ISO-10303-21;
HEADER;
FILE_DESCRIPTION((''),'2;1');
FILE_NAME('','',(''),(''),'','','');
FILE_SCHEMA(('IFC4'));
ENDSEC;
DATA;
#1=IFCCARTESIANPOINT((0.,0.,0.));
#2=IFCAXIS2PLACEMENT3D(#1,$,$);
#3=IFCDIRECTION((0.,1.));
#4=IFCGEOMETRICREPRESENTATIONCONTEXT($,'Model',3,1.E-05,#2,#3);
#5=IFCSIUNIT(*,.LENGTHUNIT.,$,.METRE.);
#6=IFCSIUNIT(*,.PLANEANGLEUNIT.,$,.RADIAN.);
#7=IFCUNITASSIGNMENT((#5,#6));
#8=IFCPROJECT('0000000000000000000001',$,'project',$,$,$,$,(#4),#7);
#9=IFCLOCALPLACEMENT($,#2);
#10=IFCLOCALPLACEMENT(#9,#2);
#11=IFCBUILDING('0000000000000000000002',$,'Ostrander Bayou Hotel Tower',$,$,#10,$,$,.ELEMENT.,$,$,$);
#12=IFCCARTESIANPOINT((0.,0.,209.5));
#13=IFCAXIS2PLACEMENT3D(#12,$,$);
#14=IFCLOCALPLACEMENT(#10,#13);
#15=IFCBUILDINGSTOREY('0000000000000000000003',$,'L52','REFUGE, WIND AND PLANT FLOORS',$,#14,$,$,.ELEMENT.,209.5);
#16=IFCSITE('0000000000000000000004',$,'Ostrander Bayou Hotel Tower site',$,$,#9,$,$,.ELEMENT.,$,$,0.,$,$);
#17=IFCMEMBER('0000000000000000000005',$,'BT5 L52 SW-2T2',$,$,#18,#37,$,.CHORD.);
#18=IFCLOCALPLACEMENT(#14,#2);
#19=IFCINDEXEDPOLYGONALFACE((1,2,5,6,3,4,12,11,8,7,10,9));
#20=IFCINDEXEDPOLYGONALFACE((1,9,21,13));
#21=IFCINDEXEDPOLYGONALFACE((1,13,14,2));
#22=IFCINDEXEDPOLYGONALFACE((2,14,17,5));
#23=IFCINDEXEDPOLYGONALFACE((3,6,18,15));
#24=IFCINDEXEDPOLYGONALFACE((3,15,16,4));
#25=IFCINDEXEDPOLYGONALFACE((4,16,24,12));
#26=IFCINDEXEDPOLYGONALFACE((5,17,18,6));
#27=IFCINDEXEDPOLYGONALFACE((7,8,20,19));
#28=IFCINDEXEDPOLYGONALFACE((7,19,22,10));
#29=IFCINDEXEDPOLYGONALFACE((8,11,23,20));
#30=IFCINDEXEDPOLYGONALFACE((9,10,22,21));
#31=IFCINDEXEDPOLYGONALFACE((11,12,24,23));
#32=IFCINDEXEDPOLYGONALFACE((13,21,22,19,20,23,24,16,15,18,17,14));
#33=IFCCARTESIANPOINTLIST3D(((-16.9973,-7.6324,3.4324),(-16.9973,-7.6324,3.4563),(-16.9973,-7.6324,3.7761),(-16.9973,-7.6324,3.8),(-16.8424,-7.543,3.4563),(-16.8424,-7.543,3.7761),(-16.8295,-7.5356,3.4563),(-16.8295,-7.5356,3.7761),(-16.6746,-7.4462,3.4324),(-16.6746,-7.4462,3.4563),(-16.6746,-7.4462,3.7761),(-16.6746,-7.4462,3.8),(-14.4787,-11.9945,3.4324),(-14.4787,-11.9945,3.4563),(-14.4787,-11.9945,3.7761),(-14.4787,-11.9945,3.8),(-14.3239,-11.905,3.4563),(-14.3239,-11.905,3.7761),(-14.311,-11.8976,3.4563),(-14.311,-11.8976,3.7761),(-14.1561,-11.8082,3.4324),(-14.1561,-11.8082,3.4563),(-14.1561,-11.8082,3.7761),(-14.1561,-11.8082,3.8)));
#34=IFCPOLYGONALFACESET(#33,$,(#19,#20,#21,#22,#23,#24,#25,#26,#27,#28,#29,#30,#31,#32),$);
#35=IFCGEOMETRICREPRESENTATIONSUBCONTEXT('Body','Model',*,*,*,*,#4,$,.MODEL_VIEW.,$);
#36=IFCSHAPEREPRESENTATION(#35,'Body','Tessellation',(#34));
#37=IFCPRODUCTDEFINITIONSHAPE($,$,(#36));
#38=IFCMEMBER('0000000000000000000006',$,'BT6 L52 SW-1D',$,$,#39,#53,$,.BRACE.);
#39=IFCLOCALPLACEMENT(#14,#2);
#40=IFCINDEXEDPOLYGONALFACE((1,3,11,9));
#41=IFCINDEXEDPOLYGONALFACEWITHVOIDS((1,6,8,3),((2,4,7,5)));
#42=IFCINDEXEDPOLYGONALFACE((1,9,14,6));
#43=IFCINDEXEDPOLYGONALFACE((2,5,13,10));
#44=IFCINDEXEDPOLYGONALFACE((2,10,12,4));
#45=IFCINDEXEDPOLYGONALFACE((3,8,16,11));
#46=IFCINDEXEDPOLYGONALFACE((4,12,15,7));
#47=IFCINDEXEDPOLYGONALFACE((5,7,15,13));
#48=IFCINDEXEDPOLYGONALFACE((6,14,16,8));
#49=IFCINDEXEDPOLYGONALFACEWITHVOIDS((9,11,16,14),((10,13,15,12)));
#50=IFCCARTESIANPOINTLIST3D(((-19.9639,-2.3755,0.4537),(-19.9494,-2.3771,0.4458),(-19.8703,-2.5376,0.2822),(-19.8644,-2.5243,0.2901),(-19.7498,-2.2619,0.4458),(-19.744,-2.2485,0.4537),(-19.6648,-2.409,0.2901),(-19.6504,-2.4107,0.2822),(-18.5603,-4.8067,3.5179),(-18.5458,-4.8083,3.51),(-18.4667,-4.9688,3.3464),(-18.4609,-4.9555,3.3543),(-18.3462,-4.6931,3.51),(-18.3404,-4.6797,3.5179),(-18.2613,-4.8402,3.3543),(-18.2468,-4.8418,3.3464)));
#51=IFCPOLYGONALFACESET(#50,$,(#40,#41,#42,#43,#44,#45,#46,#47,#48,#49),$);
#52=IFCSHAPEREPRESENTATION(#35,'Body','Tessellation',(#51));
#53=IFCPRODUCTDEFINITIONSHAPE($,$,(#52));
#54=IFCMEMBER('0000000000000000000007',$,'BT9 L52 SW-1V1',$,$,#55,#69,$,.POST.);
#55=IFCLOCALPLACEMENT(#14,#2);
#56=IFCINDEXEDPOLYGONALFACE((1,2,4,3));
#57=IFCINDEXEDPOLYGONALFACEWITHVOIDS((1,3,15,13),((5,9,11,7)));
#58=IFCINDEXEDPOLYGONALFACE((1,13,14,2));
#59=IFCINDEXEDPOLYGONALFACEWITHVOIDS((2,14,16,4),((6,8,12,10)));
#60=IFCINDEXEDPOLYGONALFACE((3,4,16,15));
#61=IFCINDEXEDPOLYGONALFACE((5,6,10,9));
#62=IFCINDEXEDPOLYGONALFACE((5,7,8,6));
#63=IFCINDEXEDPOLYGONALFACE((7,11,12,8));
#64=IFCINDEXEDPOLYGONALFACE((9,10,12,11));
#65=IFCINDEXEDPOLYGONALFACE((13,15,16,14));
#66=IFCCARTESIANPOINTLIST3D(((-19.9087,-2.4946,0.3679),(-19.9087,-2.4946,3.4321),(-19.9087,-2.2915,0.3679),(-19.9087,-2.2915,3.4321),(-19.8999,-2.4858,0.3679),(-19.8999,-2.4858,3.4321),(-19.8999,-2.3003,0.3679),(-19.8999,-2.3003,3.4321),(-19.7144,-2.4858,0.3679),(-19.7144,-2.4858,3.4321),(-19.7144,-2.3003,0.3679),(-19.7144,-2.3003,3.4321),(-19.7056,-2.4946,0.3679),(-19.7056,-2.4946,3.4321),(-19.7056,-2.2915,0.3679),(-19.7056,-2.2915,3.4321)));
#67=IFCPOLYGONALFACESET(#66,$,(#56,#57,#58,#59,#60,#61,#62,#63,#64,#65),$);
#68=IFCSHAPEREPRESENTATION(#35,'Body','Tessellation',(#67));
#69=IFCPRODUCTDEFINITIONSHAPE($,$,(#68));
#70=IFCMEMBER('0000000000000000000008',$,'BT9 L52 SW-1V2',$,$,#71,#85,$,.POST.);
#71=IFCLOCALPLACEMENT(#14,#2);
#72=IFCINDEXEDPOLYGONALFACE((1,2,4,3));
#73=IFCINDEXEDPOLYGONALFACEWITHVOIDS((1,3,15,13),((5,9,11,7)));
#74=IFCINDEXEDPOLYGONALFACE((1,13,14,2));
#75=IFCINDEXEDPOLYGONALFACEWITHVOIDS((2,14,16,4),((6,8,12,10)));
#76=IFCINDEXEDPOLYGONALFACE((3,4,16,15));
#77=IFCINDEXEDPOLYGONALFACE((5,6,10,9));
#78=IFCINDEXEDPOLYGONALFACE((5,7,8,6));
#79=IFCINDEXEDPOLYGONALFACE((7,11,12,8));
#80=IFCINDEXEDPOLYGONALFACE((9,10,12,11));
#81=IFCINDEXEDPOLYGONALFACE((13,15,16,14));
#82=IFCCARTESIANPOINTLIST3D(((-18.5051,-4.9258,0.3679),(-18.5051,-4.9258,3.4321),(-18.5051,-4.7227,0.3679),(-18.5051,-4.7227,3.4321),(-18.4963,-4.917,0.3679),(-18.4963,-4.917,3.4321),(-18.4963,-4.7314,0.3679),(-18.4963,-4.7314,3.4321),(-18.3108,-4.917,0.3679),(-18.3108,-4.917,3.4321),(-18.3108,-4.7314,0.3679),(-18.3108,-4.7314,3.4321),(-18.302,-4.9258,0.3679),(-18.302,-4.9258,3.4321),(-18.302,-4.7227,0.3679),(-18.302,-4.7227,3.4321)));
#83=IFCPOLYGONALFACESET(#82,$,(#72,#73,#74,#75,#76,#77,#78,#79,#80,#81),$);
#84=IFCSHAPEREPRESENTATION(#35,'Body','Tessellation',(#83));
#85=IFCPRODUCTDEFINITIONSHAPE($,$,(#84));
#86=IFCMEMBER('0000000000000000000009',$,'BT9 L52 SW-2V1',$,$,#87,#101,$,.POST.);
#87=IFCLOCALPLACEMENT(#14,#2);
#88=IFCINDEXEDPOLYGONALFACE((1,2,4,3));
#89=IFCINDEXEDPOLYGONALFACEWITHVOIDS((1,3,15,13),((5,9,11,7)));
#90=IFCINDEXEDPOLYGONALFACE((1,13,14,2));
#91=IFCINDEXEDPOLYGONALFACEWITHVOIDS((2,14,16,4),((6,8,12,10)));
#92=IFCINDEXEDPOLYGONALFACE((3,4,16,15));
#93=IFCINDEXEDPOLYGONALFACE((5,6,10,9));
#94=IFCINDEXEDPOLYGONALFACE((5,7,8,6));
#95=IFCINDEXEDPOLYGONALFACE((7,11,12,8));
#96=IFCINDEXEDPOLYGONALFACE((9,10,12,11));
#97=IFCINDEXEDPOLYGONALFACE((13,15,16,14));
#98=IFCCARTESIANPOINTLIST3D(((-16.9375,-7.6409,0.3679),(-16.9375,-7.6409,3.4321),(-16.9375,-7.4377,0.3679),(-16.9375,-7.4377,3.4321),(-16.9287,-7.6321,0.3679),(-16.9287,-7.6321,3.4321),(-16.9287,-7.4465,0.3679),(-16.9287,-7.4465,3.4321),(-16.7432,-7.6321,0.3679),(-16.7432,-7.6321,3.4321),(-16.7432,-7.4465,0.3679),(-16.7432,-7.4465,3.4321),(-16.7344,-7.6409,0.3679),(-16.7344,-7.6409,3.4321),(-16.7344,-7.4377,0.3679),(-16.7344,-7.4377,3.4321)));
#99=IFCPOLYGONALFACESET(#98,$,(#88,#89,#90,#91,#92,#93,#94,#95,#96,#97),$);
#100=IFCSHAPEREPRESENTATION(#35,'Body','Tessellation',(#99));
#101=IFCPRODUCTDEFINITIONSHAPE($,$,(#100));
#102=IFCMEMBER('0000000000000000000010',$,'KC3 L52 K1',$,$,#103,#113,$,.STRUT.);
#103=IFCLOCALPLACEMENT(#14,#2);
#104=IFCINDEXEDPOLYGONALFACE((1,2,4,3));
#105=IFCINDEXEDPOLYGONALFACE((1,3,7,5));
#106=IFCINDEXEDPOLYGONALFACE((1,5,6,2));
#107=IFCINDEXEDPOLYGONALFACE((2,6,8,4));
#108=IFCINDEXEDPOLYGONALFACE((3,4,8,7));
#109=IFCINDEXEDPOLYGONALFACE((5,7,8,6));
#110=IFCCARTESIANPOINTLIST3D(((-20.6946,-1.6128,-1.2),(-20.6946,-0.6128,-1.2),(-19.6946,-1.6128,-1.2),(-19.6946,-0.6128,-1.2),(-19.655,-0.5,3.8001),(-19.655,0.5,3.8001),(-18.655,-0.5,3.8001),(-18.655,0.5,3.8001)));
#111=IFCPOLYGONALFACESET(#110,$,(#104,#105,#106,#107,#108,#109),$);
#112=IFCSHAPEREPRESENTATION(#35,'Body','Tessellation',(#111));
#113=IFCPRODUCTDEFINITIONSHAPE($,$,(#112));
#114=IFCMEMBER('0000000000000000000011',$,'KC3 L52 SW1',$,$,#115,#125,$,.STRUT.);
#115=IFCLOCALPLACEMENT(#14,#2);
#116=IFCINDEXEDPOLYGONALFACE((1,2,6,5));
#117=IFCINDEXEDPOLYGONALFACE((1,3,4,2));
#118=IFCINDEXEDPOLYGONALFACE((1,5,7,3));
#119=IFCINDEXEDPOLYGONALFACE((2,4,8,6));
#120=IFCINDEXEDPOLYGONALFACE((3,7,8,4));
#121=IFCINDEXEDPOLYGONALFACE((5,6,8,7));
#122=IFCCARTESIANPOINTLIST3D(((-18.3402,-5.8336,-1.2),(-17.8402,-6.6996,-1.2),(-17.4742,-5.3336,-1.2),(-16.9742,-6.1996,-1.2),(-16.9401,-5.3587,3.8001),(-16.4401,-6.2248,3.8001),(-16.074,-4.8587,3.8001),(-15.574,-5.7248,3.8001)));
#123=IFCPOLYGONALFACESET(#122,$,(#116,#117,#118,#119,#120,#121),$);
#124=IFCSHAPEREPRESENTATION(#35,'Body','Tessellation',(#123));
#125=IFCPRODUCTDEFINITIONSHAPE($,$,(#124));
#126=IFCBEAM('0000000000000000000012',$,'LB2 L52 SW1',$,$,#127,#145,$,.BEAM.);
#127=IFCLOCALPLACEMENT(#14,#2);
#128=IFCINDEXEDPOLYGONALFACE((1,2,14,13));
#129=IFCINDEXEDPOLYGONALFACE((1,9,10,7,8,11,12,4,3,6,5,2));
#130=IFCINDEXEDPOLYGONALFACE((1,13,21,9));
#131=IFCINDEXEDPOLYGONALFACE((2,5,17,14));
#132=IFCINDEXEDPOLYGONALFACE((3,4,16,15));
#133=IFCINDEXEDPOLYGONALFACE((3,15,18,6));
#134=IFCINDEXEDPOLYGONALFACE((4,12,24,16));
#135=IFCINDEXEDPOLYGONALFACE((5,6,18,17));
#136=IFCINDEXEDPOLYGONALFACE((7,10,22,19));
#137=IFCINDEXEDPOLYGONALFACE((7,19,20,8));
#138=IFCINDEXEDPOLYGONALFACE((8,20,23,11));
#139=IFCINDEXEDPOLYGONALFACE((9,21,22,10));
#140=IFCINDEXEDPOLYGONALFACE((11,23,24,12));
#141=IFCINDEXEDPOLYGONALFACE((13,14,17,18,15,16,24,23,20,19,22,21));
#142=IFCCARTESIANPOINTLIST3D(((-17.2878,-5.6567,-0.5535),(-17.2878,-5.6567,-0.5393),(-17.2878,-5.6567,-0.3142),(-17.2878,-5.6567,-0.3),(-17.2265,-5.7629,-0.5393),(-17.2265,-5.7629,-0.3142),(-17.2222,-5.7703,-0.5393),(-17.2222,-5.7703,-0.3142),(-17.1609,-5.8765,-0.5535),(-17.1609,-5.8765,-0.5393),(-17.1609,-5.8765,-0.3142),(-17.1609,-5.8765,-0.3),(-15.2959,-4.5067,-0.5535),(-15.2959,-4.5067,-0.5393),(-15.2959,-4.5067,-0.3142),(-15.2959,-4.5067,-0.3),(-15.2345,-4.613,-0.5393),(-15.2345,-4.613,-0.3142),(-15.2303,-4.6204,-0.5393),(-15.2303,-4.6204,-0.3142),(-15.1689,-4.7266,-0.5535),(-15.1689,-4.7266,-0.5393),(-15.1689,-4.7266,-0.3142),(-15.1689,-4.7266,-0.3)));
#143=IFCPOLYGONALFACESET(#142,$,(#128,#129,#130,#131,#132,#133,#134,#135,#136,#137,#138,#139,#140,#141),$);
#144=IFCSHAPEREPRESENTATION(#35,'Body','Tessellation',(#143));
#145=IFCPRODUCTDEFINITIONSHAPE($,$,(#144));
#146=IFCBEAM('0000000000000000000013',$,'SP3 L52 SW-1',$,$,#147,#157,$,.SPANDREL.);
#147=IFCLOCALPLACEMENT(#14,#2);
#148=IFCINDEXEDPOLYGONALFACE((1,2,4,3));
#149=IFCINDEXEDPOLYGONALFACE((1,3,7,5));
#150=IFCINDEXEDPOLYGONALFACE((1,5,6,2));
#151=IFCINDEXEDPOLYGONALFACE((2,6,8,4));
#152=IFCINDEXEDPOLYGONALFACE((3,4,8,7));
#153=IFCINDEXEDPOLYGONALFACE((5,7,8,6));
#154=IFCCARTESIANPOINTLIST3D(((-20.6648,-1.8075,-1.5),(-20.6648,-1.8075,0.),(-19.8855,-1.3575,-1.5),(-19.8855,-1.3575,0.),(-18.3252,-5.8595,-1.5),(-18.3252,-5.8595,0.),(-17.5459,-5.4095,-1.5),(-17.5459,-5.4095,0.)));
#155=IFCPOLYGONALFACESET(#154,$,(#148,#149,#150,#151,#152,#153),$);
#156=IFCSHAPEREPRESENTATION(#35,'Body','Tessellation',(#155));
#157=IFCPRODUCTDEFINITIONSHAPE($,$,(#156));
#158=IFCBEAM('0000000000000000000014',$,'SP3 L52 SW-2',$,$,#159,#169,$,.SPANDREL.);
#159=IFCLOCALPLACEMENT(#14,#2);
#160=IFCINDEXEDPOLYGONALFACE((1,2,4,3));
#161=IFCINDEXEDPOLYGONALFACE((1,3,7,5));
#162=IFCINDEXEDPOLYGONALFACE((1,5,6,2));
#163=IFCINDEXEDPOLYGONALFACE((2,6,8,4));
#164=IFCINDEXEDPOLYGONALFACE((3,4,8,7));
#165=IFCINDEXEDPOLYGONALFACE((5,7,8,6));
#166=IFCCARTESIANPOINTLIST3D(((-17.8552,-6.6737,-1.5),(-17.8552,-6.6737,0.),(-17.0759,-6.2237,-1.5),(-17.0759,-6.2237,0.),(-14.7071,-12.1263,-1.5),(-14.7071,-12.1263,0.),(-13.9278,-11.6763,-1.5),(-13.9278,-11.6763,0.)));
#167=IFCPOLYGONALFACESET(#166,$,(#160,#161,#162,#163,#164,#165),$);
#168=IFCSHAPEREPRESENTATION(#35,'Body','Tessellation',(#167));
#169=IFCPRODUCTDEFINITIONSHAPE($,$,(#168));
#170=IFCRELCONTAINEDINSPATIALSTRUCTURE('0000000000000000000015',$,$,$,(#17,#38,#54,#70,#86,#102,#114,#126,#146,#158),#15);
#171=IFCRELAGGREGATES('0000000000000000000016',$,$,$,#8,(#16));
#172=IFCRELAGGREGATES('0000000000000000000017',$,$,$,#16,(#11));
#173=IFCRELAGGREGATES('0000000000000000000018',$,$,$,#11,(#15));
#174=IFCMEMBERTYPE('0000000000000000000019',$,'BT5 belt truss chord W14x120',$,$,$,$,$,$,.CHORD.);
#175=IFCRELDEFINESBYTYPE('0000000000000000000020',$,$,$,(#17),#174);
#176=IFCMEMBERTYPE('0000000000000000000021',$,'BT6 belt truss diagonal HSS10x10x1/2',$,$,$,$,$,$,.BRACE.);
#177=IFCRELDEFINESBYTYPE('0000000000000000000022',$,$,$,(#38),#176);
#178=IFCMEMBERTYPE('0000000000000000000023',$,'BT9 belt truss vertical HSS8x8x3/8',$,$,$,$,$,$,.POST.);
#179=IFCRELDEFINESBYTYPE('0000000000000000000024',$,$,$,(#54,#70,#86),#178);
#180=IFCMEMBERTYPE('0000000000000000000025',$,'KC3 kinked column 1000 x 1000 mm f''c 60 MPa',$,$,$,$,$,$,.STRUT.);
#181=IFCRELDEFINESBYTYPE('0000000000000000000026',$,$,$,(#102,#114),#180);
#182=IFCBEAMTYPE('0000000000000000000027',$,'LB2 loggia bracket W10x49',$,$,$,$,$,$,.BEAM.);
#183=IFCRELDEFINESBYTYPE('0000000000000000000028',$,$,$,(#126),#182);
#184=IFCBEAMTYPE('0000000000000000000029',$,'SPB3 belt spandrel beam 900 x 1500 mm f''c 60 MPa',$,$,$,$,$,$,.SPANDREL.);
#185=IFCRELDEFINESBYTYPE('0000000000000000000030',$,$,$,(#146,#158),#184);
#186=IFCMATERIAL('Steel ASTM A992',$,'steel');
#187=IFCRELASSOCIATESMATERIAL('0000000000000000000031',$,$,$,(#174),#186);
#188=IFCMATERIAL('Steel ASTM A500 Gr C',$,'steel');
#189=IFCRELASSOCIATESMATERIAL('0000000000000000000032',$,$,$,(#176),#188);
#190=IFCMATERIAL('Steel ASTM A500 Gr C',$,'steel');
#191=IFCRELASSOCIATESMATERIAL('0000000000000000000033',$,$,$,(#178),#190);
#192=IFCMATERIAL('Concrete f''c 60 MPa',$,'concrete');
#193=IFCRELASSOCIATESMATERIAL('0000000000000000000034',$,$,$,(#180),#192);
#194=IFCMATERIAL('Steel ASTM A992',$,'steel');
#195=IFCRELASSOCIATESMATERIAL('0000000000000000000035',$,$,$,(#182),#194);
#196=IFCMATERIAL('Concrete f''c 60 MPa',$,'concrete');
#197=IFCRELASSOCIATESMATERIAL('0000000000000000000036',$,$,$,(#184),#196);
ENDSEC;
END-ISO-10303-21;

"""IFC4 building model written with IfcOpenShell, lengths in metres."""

from ifc_helpers import new_model, si_unit, direction, frame, origin, origin_2d, place, context, subcontext, project, spatial, rectangle, hollow_rectangle, i_section, extrude, material, material_profile, profile_set, type_object, element, save


model = new_model("IFC4")

# Units and contexts
model_context = context("Model", 3, precision=1e-05, world=origin(), true_north=direction((0.0, 1.0)))
body_context = subcontext(model_context, "Body", "Model", "MODEL_VIEW")
ifc_project = project(units=[si_unit("LENGTHUNIT", "METRE"), si_unit("PLANEANGLEUNIT", "RADIAN")], contexts=[model_context])

# Site, building, storey
site_placement = place(None, origin())
site = spatial("IfcSite", under=ifc_project, at=site_placement, Name="Ostrander Bayou Hotel Tower site", CompositionType="ELEMENT", RefElevation=0.0)
building_placement = place(site_placement, origin())
building = spatial("IfcBuilding", under=site, at=building_placement, Name="Ostrander Bayou Hotel Tower", CompositionType="ELEMENT")
storey_placement = place(building_placement, frame((0.0, 0.0, 209.5)))
storey = spatial("IfcBuildingStorey", under=building, at=storey_placement, Name="L52", Description="REFUGE, WIND AND PLANT FLOORS", CompositionType="ELEMENT", Elevation=209.5)

# Members
ifc_material_1 = material(Name="Steel ASTM A992", Category="steel")
ifc_material_profile_1 = material_profile(ifc_material_1, i_section(OverallWidth=0.3726, OverallDepth=0.3677, WebThickness=0.0149, FlangeThickness=0.0239, at=origin_2d()))
ifc_profile_set_1 = profile_set([ifc_material_profile_1], Name="Steel ASTM A992")
member_type_1 = type_object("IfcMemberType", Name="BT5 belt truss chord W14x120", PredefinedType="CHORD", material=ifc_profile_set_1)
member_1_placement = place(storey_placement, frame((-16.8359, -7.5393, 3.6162), z_axis=(0.500018, -0.866015, 0.0), x_axis=(0.866015, 0.500018, 0.0)))
element("IfcMember", 1, at=member_1_placement, inside=storey, type_object=member_type_1, Name="BT5 L52 SW-2T2", PredefinedType="CHORD", context=body_context, shape_type="SweptSolid", body=[
    extrude(i_section(OverallWidth=0.3726, OverallDepth=0.3677, WebThickness=0.0149, FlangeThickness=0.0239, at=origin_2d()), origin(), (0.0, 0.0, 1.0), 5.0369),
])
ifc_material_2 = material(Name="Steel ASTM A500 Gr C", Category="steel")
ifc_material_profile_2 = material_profile(ifc_material_2, hollow_rectangle(XDim=0.2539, YDim=0.2539, WallThickness=0.0117, at=origin_2d()))
ifc_profile_set_2 = profile_set([ifc_material_profile_2], Name="Steel ASTM A500 Gr C")
member_type_2 = type_object("IfcMemberType", Name="BT6 belt truss diagonal HSS10x10x1/2", PredefinedType="BRACE", material=ifc_profile_set_2)
member_2_placement = place(storey_placement, frame((-19.8071, -2.3931, 0.3679), z_axis=(0.337744, -0.585016, 0.73735), x_axis=(0.866035, 0.499983, 0.0)))
element("IfcMember", 2, at=member_2_placement, inside=storey, type_object=member_type_2, Name="BT6 L52 SW-1D", PredefinedType="BRACE", context=body_context, shape_type="SweptSolid", body=[
    extrude(hollow_rectangle(XDim=0.2539, YDim=0.2539, WallThickness=0.0117, at=origin_2d()), origin(), (0.0, 0.0, 1.0), 4.1558),
])
ifc_material_3 = material(Name="Steel ASTM A500 Gr C", Category="steel")
ifc_material_profile_3 = material_profile(ifc_material_3, hollow_rectangle(XDim=0.2031, YDim=0.2031, WallThickness=0.0088, at=origin_2d()))
ifc_profile_set_3 = profile_set([ifc_material_profile_3], Name="Steel ASTM A500 Gr C")
member_type_3 = type_object("IfcMemberType", Name="BT9 belt truss vertical HSS8x8x3/8", PredefinedType="POST", material=ifc_profile_set_3)
for number, where, z_axis, x_axis, name in (
    (3, (-19.8071, -2.3931, 0.3679), (0.0, 0.0, 1.0), (1.0, 0.0, 0.0), "BT9 L52 SW-1V1"),
    (4, (-18.4036, -4.8242, 0.3679), (0.0, 0.0, 1.0), (1.0, 0.0, 0.0), "BT9 L52 SW-1V2"),
    (5, (-16.8359, -7.5393, 0.3679), (0.0, 0.0, 1.0), (1.0, 0.0, 0.0), "BT9 L52 SW-2V1"),
):
    element("IfcMember", number, at=place(storey_placement, frame(where, z_axis=z_axis, x_axis=x_axis)), inside=storey, type_object=member_type_3, Name=name, PredefinedType="POST", context=body_context, shape_type="SweptSolid", body=[
        extrude(hollow_rectangle(XDim=0.2031, YDim=0.2031, WallThickness=0.0088, at=origin_2d()), origin(), (0.0, 0.0, 1.0), 3.0642),
    ])
ifc_material_4 = material(Name="Concrete f'c 60 MPa", Category="concrete")
ifc_material_profile_4 = material_profile(ifc_material_4, rectangle(XDim=1.0, YDim=1.0, at=origin_2d()))
ifc_profile_set_4 = profile_set([ifc_material_profile_4], Name="Concrete f'c 60 MPa")
member_type_4 = type_object("IfcMemberType", Name="KC3 kinked column 1000 x 1000 mm f'c 60 MPa", PredefinedType="STRUT", material=ifc_profile_set_4)
member_3_placement = place(storey_placement, frame((-20.1946, -1.1128, -1.2), z_axis=(0.0, 0.0, 1.0), x_axis=(1.0, 0.0, 0.0)))
element("IfcMember", 6, at=member_3_placement, inside=storey, type_object=member_type_4, Name="KC3 L52 K1", PredefinedType="STRUT", context=body_context, shape_type="SweptSolid", body=[
    extrude(rectangle(XDim=1.0, YDim=1.0, at=origin_2d()), origin(), (0.19889, 0.212903, 0.956616), 5.2268),
])
member_4_placement = place(storey_placement, frame((-17.6572, -6.0166, -1.2), z_axis=(0.0, 0.0, 1.0), x_axis=(-0.5, 0.866025, 0.0)))
element("IfcMember", 7, at=member_4_placement, inside=storey, type_object=member_type_4, Name="KC3 L52 SW1", PredefinedType="STRUT", context=body_context, shape_type="SweptSolid", body=[
    extrude(rectangle(XDim=1.0, YDim=1.0, at=origin_2d()), origin(), (-0.055397, -0.278095, 0.958955), 5.2141),
])

# Beams
ifc_material_5 = material(Name="Steel ASTM A992", Category="steel")
ifc_material_profile_5 = material_profile(ifc_material_5, i_section(OverallWidth=0.2539, OverallDepth=0.2534, WebThickness=0.0085, FlangeThickness=0.0142, at=origin_2d()))
ifc_profile_set_5 = profile_set([ifc_material_profile_5], Name="Steel ASTM A992")
beam_type_1 = type_object("IfcBeamType", Name="LB2 loggia bracket W10x49", PredefinedType="BEAM", material=ifc_profile_set_5)
beam_1_placement = place(storey_placement, frame((-17.2244, -5.7666, -0.4268), z_axis=(0.866053, 0.499952, 0.0), x_axis=(-0.499952, 0.866053, 0.0)))
element("IfcBeam", 8, at=beam_1_placement, inside=storey, type_object=beam_type_1, Name="LB2 L52 SW1", PredefinedType="BEAM", context=body_context, shape_type="SweptSolid", body=[
    extrude(i_section(OverallWidth=0.2539, OverallDepth=0.2534, WebThickness=0.0085, FlangeThickness=0.0142, at=origin_2d()), origin(), (0.0, 0.0, 1.0), 2.3),
])
ifc_material_6 = material(Name="Concrete f'c 60 MPa", Category="concrete")
ifc_material_profile_6 = material_profile(ifc_material_6, rectangle(XDim=0.8999, YDim=1.5, at=origin_2d()))
ifc_profile_set_6 = profile_set([ifc_material_profile_6], Name="Concrete f'c 60 MPa")
beam_type_2 = type_object("IfcBeamType", Name="SPB3 belt spandrel beam 900 x 1500 mm f'c 60 MPa", PredefinedType="SPANDREL", material=ifc_profile_set_6)
beam_2_placement = place(storey_placement, frame((-20.2751, -1.5825, -0.75), z_axis=(0.500028, -0.866009, 0.0), x_axis=(0.866009, 0.500028, 0.0)))
element("IfcBeam", 9, at=beam_2_placement, inside=storey, type_object=beam_type_2, Name="SP3 L52 SW-1", PredefinedType="SPANDREL", context=body_context, shape_type="SweptSolid", body=[
    extrude(rectangle(XDim=0.8999, YDim=1.5, at=origin_2d()), origin(), (0.0, 0.0, 1.0), 4.679),
])
beam_3_placement = place(storey_placement, frame((-17.4656, -6.4487, -0.75), z_axis=(0.500013, -0.866018, 0.0), x_axis=(0.866018, 0.500013, 0.0)))
element("IfcBeam", 10, at=beam_3_placement, inside=storey, type_object=beam_type_2, Name="SP3 L52 SW-2", PredefinedType="SPANDREL", context=body_context, shape_type="SweptSolid", body=[
    extrude(rectangle(XDim=0.8999, YDim=1.5, at=origin_2d()), origin(), (0.0, 0.0, 1.0), 6.2961),
])

save(model, "model.ifc")
